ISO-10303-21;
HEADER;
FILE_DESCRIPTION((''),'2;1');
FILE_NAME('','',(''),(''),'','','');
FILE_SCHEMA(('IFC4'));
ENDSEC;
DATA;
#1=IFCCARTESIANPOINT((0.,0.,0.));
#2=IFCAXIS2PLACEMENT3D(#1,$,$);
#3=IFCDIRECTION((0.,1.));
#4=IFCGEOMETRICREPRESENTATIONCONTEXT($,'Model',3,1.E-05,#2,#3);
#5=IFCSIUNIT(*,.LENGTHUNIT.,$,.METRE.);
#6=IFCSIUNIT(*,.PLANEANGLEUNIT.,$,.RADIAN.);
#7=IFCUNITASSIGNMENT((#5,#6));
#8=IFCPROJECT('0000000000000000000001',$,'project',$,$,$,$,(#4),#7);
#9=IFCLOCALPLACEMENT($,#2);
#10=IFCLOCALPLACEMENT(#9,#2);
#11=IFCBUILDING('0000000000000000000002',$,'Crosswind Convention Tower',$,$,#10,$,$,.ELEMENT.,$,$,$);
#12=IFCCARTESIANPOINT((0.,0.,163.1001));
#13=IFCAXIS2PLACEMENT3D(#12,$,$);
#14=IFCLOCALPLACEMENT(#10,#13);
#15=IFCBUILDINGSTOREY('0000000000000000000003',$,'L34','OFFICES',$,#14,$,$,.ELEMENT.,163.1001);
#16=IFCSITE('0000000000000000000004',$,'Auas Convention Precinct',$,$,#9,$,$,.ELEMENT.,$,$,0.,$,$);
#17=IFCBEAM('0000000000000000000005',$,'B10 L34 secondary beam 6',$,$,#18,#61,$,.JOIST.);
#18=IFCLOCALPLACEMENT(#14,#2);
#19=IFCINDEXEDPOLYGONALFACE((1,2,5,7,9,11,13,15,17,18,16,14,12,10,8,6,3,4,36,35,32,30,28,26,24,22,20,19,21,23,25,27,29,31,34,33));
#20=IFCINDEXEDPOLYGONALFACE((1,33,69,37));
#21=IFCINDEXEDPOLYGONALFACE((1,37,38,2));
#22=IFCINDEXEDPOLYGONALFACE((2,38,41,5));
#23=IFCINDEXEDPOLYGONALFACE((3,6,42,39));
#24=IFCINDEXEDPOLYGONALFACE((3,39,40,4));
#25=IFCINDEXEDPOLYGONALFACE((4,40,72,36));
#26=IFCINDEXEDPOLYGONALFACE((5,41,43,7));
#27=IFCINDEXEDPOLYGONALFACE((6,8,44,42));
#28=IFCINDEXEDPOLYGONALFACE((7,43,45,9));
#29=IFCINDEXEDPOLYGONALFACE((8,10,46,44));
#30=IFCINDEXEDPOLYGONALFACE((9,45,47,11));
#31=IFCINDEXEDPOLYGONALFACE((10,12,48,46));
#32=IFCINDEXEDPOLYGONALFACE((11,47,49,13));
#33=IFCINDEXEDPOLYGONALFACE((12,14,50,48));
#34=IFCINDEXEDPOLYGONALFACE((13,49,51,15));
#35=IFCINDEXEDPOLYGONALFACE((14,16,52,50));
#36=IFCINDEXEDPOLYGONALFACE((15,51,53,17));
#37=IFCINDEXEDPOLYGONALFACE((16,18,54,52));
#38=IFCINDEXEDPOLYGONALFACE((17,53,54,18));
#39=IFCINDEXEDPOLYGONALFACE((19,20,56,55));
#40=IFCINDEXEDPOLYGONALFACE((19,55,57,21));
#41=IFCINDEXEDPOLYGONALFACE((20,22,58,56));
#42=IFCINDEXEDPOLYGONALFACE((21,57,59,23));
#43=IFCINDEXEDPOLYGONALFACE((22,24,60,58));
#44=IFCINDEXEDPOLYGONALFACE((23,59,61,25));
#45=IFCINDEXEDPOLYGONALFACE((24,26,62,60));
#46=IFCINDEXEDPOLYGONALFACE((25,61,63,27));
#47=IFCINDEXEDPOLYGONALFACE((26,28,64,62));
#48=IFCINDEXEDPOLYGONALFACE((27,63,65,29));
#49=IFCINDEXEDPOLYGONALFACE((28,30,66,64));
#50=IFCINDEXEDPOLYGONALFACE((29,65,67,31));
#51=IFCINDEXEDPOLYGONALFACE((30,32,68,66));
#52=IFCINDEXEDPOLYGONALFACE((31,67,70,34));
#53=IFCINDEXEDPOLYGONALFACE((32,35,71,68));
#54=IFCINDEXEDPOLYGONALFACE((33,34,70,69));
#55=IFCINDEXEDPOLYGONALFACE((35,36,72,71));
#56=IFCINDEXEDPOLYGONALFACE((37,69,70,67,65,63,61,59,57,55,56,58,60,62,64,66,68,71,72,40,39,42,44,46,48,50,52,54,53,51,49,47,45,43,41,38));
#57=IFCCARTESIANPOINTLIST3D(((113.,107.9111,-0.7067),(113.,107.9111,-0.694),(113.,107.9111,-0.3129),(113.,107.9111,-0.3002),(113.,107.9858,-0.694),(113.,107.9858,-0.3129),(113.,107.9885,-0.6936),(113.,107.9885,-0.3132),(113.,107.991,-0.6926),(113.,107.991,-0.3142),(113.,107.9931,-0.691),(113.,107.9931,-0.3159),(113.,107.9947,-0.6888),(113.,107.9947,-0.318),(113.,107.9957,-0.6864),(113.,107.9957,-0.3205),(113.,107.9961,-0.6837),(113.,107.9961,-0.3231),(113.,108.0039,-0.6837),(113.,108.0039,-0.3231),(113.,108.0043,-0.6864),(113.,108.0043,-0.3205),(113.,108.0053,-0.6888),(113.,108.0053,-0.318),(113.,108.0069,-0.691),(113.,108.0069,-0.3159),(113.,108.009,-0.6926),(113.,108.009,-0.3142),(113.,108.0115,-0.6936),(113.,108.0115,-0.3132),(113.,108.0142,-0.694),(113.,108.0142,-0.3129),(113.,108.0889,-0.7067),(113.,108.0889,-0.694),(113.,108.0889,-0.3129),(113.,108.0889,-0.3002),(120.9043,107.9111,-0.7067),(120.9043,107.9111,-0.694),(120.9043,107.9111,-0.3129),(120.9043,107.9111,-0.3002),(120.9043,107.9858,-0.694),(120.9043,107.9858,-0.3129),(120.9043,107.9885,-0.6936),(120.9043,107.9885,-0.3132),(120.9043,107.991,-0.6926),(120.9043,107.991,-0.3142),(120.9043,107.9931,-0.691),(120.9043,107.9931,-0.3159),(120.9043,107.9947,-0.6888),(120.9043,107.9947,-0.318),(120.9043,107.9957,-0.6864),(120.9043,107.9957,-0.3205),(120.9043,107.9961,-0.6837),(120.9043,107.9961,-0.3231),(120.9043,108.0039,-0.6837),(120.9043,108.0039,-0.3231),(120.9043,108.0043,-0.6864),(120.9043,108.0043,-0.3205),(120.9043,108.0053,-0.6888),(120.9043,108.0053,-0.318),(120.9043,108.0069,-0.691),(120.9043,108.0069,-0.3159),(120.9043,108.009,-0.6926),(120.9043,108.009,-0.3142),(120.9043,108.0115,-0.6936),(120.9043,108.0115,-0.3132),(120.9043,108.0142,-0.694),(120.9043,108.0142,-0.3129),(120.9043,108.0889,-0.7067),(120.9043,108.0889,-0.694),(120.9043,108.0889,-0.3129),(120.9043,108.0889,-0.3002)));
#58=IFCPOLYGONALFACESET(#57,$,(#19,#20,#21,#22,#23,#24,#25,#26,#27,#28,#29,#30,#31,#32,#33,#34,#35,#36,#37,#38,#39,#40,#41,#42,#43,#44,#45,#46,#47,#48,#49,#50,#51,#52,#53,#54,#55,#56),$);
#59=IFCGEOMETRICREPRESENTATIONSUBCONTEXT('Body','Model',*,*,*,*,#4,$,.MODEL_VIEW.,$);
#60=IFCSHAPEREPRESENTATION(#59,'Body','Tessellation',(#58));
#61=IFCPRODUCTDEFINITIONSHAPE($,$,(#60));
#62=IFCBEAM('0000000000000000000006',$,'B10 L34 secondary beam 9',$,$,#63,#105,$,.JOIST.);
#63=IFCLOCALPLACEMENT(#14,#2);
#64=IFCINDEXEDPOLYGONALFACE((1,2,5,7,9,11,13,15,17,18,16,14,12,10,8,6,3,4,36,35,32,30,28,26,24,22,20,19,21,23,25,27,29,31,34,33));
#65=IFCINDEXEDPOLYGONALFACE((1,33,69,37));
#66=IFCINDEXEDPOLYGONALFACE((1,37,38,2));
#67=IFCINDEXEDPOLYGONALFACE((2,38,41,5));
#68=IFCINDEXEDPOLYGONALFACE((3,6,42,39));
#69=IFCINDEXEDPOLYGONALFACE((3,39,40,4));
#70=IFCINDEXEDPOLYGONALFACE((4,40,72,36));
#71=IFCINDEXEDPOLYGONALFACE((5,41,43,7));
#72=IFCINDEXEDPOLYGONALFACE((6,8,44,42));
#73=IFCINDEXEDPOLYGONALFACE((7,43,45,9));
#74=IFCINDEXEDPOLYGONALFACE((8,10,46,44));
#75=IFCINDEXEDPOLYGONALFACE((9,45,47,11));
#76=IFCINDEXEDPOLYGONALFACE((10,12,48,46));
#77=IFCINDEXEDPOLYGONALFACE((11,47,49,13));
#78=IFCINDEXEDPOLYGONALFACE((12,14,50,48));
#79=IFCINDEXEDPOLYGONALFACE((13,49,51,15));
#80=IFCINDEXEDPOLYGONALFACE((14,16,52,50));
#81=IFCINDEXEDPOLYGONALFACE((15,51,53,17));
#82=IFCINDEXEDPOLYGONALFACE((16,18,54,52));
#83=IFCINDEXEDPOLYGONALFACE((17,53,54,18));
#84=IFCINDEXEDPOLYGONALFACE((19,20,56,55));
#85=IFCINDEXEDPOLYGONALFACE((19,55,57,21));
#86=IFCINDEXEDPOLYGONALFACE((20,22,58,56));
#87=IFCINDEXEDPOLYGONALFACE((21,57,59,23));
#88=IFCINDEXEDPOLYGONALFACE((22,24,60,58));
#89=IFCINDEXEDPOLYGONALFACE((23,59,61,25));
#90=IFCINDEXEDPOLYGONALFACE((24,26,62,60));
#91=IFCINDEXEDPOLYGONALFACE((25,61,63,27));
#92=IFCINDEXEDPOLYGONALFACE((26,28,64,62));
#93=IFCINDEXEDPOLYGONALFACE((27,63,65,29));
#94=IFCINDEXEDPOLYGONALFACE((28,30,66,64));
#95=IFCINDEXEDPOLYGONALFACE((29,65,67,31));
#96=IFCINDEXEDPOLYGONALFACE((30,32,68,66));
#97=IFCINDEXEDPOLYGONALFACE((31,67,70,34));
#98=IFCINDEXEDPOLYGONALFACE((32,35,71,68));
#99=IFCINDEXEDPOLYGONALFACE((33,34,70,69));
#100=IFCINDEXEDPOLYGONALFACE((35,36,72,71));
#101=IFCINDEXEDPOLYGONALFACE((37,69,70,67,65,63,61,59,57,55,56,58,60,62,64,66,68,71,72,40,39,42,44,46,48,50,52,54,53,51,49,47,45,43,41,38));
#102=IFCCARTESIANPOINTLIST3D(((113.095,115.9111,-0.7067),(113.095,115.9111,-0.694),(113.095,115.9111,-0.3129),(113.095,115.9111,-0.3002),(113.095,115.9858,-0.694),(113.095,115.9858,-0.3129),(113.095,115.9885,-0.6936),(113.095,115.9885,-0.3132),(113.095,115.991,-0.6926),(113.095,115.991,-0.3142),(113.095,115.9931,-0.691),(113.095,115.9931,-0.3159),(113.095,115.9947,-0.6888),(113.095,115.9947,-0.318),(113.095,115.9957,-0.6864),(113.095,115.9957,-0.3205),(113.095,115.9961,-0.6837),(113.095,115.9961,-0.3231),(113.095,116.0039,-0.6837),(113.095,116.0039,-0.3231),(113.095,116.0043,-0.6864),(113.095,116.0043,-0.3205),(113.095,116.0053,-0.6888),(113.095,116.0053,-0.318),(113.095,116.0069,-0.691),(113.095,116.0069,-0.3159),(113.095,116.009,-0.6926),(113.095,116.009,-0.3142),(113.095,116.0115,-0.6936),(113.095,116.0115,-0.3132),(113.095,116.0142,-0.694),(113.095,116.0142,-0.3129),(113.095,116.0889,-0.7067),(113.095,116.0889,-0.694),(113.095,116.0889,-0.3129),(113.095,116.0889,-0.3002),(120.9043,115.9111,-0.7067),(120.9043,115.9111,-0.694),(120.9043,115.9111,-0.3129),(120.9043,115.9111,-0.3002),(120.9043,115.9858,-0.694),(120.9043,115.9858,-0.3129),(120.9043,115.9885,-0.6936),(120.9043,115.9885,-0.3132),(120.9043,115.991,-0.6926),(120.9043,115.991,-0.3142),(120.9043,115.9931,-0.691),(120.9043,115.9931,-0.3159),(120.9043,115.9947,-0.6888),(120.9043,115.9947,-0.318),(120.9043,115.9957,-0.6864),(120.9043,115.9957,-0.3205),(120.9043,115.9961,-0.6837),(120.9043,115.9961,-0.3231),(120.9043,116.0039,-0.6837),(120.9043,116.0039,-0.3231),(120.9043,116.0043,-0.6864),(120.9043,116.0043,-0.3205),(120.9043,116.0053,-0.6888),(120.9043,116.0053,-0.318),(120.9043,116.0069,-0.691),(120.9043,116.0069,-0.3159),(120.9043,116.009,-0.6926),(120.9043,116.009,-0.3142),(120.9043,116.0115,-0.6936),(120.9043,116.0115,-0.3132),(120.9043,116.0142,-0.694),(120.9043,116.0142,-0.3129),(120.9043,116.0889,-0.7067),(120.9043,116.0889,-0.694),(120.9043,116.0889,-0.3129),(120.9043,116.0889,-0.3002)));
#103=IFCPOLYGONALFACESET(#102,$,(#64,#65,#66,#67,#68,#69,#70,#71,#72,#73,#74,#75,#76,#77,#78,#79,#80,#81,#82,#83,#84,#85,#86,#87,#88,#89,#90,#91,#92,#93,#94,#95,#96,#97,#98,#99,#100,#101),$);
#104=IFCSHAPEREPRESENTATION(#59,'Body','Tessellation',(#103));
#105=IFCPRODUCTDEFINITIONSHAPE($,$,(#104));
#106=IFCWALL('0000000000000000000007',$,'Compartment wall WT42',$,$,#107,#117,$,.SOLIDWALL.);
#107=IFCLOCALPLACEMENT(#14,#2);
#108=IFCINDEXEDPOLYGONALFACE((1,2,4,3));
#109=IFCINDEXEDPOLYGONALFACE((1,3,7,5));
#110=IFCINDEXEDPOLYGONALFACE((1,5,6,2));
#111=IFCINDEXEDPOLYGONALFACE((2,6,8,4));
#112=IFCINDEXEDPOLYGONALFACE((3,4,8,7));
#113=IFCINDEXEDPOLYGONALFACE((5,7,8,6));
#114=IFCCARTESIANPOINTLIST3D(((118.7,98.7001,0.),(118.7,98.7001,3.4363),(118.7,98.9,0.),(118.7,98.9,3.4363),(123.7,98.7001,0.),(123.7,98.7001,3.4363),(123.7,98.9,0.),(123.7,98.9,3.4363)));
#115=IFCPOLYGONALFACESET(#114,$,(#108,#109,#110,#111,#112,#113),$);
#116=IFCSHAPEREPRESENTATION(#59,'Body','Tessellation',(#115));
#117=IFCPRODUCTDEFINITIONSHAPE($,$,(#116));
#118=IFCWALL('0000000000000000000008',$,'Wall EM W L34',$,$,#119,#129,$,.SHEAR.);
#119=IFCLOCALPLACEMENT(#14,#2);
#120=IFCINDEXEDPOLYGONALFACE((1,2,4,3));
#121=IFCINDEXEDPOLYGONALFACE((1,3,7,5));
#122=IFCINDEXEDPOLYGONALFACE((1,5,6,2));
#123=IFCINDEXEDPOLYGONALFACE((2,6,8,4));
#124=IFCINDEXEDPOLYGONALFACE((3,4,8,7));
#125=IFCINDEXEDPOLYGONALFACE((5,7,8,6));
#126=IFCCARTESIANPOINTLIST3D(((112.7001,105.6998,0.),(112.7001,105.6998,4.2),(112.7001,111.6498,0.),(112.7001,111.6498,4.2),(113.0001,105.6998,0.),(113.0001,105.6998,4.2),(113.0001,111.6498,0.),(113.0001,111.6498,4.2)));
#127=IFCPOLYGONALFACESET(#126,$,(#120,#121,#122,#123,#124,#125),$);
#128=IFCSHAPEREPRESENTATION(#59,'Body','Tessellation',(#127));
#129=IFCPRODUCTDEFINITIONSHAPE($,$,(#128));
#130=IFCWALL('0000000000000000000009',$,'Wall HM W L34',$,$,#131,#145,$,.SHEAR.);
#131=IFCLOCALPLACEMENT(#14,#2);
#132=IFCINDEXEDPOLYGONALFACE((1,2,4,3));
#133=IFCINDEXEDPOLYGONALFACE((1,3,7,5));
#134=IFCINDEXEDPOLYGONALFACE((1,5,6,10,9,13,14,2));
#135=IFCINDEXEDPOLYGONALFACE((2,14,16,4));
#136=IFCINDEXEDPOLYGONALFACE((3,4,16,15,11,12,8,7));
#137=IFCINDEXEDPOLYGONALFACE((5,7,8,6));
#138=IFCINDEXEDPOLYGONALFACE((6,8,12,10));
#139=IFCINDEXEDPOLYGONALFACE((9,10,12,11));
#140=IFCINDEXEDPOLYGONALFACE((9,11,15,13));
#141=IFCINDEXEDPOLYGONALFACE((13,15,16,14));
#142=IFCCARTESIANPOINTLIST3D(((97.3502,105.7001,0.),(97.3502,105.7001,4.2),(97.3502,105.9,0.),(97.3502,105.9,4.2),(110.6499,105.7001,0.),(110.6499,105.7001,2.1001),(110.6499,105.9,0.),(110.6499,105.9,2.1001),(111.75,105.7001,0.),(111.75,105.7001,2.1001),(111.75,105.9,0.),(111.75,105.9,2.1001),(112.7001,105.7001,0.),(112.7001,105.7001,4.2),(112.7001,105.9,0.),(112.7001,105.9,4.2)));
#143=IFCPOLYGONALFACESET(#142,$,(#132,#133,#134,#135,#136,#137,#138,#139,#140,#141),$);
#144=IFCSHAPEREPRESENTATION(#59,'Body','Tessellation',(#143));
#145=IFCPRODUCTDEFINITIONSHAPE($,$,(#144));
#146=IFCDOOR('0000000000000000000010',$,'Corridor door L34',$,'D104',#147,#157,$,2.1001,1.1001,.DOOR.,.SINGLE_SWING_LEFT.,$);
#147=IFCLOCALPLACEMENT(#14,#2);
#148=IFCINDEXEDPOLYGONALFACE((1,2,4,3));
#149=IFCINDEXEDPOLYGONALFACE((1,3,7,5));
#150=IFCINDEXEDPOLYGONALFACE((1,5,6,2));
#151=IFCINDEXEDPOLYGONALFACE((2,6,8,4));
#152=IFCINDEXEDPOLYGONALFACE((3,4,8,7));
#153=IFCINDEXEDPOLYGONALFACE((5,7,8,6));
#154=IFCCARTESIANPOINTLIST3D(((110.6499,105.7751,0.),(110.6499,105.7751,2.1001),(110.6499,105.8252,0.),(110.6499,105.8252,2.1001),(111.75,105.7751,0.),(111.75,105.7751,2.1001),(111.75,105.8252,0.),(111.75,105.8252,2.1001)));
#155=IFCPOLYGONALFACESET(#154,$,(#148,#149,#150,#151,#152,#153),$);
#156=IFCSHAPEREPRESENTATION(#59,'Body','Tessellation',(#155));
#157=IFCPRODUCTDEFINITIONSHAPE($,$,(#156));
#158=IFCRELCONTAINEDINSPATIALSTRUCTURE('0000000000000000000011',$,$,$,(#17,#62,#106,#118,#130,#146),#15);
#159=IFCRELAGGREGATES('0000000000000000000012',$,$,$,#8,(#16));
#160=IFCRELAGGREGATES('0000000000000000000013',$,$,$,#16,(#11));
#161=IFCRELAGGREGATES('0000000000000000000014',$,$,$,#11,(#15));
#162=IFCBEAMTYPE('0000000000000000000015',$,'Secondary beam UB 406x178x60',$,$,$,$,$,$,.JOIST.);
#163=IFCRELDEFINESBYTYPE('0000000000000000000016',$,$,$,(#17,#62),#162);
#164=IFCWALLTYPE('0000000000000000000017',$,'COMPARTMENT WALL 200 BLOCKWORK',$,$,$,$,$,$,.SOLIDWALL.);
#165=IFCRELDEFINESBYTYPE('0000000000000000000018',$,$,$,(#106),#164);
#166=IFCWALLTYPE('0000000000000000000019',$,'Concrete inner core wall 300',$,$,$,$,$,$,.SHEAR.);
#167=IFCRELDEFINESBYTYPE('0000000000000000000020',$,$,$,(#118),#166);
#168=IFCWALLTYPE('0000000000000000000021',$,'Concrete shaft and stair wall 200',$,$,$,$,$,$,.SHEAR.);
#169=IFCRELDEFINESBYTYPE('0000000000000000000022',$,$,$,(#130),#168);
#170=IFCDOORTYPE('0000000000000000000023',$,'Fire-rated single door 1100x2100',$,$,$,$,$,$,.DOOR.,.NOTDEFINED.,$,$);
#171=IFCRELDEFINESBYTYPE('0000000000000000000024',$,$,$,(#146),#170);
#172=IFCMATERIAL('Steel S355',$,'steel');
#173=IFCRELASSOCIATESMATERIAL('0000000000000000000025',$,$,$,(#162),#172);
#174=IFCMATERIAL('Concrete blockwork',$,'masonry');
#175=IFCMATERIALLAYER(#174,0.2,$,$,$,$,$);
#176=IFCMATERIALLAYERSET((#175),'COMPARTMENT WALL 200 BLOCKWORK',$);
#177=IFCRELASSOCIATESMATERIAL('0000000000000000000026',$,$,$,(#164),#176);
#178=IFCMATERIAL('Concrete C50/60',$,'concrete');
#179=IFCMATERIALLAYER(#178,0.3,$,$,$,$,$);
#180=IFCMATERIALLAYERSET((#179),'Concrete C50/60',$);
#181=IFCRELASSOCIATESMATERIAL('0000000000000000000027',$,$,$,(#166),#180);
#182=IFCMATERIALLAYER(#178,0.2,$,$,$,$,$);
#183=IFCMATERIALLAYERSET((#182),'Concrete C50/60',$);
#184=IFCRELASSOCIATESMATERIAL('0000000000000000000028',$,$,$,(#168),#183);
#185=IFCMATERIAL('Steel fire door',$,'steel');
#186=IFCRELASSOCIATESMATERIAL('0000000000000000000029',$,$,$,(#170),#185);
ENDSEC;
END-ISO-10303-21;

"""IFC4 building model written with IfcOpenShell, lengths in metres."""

from ifc_helpers import new_model, si_unit, direction, frame, frame_2d, origin, origin_2d, place, context, subcontext, project, spatial, rectangle, i_section, extrude, material, layer, layer_set, material_profile, profile_set, type_object, element, fill, save


model = new_model("IFC4")

# Units and contexts
model_context = context("Model", 3, precision=1e-05, world=origin(), true_north=direction((0.0, 1.0)))
body_context = subcontext(model_context, "Body", "Model", "MODEL_VIEW")
ifc_project = project(units=[si_unit("LENGTHUNIT", "METRE"), si_unit("PLANEANGLEUNIT", "RADIAN")], contexts=[model_context])

# Site, building, storey
site_placement = place(None, origin())
site = spatial("IfcSite", under=ifc_project, at=site_placement, Name="Auas Convention Precinct", CompositionType="ELEMENT", RefElevation=0.0)
building_placement = place(site_placement, origin())
building = spatial("IfcBuilding", under=site, at=building_placement, Name="Crosswind Convention Tower", CompositionType="ELEMENT")
storey_placement = place(building_placement, frame((0.0, 0.0, 163.1001)))
storey = spatial("IfcBuildingStorey", under=building, at=storey_placement, Name="L34", Description="OFFICES", CompositionType="ELEMENT", Elevation=163.1001)

# Shared definitions
ifc_material_1 = material(Name="Steel S355", Category="steel")

# Beams
ifc_material_profile_1 = material_profile(ifc_material_1, i_section(OverallWidth=0.1777, OverallDepth=0.4065, WebThickness=0.0078, FlangeThickness=0.0127, FilletRadius=0.0103, at=origin_2d()), Name="UB 406x178x60")
ifc_profile_set_1 = profile_set([ifc_material_profile_1], Name="Steel S355")
beam_type_1 = type_object("IfcBeamType", Name="Secondary beam UB 406x178x60", PredefinedType="JOIST", material=ifc_profile_set_1)
for number, where, z_axis, x_axis, name in (
    (1, (113.0, 108.0, -0.5034), (1.0, 0.0, 0.0), (0.0, 1.0, 0.0), "B10 L34 secondary beam 6"),
):
    element("IfcBeam", number, at=place(storey_placement, frame(where, z_axis=z_axis, x_axis=x_axis)), inside=storey, type_object=beam_type_1, Name=name, PredefinedType="JOIST", context=body_context, shape_type="SweptSolid", body=[
        extrude(i_section(OverallWidth=0.1777, OverallDepth=0.4065, WebThickness=0.0078, FlangeThickness=0.0127, FilletRadius=0.0103, at=origin_2d()), origin(), (0.0, 0.0, 1.0), 7.9043),
    ])
beam_1_placement = place(storey_placement, frame((113.095, 116.0, -0.5034), z_axis=(1.0, 0.0, 0.0), x_axis=(0.0, 1.0, 0.0)))
element("IfcBeam", 2, at=beam_1_placement, inside=storey, type_object=beam_type_1, Name="B10 L34 secondary beam 9", PredefinedType="JOIST", context=body_context, shape_type="SweptSolid", body=[
    extrude(i_section(OverallWidth=0.1777, OverallDepth=0.4065, WebThickness=0.0078, FlangeThickness=0.0127, FilletRadius=0.0103, at=origin_2d()), origin(), (0.0, 0.0, 1.0), 7.8093),
])

# Wall
ifc_material_2 = material(Name="Concrete blockwork", Category="masonry")
ifc_layer_1 = layer(ifc_material_2, 0.2)
ifc_layer_set_1 = layer_set([ifc_layer_1], Name="COMPARTMENT WALL 200 BLOCKWORK")
wall_type_1 = type_object("IfcWallType", Name="COMPARTMENT WALL 200 BLOCKWORK", PredefinedType="SOLIDWALL", material=ifc_layer_set_1)
wall_1_placement = place(storey_placement, frame((118.7, 98.8, 0.0), z_axis=(0.0, 0.0, 1.0), x_axis=(1.0, 0.0, 0.0)))
element("IfcWall", 3, at=wall_1_placement, inside=storey, type_object=wall_type_1, Name="Compartment wall WT42", PredefinedType="SOLIDWALL", context=body_context, shape_type="SweptSolid", body=[
    extrude(rectangle(XDim=5.0, YDim=0.2, at=frame_2d((2.5, 0.0))), origin(), (0.0, 0.0, 1.0), 3.4363),
])

# Shared definitions
ifc_material_3 = material(Name="Concrete C50/60", Category="concrete")
ifc_layer_2 = layer(ifc_material_3, 0.3)
ifc_layer_set_2 = layer_set([ifc_layer_2], Name="Concrete C50/60")
wall_type_2 = type_object("IfcWallType", Name="Concrete inner core wall 300", PredefinedType="SHEAR", material=ifc_layer_set_2)

# Wall
wall_2_placement = place(storey_placement, frame((112.8501, 111.6499, 0.0), z_axis=(0.0, 0.0, 1.0), x_axis=(0.0, -1.0, 0.0)))
element("IfcWall", 4, at=wall_2_placement, inside=storey, type_object=wall_type_2, Name="Wall EM W L34", PredefinedType="SHEAR", context=body_context, shape_type="SweptSolid", body=[
    extrude(rectangle(XDim=5.95, YDim=0.3, at=frame_2d((2.9751, 0.0))), origin(), (0.0, 0.0, 1.0), 4.2),
])

# Wall, opening, door
ifc_layer_3 = layer(ifc_material_3, 0.2)
ifc_layer_set_3 = layer_set([ifc_layer_3], Name="Concrete C50/60")
wall_type_3 = type_object("IfcWallType", Name="Concrete shaft and stair wall 200", PredefinedType="SHEAR", material=ifc_layer_set_3)
wall_3_placement = place(storey_placement, frame((112.7, 105.8, 0.0), z_axis=(0.0, 0.0, 1.0), x_axis=(-1.0, 0.0, 0.0)))
wall_3 = element("IfcWall", 5, at=wall_3_placement, inside=storey, type_object=wall_type_3, Name="Wall HM W L34", PredefinedType="SHEAR", context=body_context, shape_type="SweptSolid", body=[
    extrude(rectangle(XDim=15.3499, YDim=0.2, at=frame_2d((7.6748, 0.0))), origin(), (0.0, 0.0, 1.0), 4.2),
])
opening_1_placement = place(wall_3_placement, frame((0.95, 0.0, 0.0)))
opening_1 = element("IfcOpeningElement", 6, at=opening_1_placement, cuts=wall_3, PredefinedType="OPENING", context=body_context, shape_type="SweptSolid", body=[
    extrude(rectangle(XDim=1.1001, YDim=2.1001, at=frame_2d((0.55, 1.05))), frame((0.0, 0.1099, 0.0), z_axis=(0.0, -1.0, 0.0), x_axis=(1.0, 0.0, 0.0)), (0.0, 0.0, 1.0), 0.22),
])
ifc_material_4 = material(Name="Steel fire door", Category="steel")
door_type_1 = type_object("IfcDoorType", Name="Fire-rated single door 1100x2100", OperationType="NOTDEFINED", PredefinedType="DOOR", material=ifc_material_4)
door_1_placement = place(opening_1_placement, origin())
door_1 = element("IfcDoor", 7, at=door_1_placement, inside=storey, type_object=door_type_1, Name="Corridor door L34", ObjectType="D104", OperationType="SINGLE_SWING_LEFT", OverallHeight=2.1001, OverallWidth=1.1001, PredefinedType="DOOR", context=body_context, shape_type="SweptSolid", body=[
    extrude(rectangle(XDim=1.1001, YDim=2.1001, at=frame_2d((0.55, 1.05))), frame((0.0, 0.0249, 0.0), z_axis=(0.0, -1.0, 0.0), x_axis=(1.0, 0.0, 0.0)), (0.0, 0.0, 1.0), 0.05),
])
fill(opening_1, door_1)

save(model, "model.ifc")
